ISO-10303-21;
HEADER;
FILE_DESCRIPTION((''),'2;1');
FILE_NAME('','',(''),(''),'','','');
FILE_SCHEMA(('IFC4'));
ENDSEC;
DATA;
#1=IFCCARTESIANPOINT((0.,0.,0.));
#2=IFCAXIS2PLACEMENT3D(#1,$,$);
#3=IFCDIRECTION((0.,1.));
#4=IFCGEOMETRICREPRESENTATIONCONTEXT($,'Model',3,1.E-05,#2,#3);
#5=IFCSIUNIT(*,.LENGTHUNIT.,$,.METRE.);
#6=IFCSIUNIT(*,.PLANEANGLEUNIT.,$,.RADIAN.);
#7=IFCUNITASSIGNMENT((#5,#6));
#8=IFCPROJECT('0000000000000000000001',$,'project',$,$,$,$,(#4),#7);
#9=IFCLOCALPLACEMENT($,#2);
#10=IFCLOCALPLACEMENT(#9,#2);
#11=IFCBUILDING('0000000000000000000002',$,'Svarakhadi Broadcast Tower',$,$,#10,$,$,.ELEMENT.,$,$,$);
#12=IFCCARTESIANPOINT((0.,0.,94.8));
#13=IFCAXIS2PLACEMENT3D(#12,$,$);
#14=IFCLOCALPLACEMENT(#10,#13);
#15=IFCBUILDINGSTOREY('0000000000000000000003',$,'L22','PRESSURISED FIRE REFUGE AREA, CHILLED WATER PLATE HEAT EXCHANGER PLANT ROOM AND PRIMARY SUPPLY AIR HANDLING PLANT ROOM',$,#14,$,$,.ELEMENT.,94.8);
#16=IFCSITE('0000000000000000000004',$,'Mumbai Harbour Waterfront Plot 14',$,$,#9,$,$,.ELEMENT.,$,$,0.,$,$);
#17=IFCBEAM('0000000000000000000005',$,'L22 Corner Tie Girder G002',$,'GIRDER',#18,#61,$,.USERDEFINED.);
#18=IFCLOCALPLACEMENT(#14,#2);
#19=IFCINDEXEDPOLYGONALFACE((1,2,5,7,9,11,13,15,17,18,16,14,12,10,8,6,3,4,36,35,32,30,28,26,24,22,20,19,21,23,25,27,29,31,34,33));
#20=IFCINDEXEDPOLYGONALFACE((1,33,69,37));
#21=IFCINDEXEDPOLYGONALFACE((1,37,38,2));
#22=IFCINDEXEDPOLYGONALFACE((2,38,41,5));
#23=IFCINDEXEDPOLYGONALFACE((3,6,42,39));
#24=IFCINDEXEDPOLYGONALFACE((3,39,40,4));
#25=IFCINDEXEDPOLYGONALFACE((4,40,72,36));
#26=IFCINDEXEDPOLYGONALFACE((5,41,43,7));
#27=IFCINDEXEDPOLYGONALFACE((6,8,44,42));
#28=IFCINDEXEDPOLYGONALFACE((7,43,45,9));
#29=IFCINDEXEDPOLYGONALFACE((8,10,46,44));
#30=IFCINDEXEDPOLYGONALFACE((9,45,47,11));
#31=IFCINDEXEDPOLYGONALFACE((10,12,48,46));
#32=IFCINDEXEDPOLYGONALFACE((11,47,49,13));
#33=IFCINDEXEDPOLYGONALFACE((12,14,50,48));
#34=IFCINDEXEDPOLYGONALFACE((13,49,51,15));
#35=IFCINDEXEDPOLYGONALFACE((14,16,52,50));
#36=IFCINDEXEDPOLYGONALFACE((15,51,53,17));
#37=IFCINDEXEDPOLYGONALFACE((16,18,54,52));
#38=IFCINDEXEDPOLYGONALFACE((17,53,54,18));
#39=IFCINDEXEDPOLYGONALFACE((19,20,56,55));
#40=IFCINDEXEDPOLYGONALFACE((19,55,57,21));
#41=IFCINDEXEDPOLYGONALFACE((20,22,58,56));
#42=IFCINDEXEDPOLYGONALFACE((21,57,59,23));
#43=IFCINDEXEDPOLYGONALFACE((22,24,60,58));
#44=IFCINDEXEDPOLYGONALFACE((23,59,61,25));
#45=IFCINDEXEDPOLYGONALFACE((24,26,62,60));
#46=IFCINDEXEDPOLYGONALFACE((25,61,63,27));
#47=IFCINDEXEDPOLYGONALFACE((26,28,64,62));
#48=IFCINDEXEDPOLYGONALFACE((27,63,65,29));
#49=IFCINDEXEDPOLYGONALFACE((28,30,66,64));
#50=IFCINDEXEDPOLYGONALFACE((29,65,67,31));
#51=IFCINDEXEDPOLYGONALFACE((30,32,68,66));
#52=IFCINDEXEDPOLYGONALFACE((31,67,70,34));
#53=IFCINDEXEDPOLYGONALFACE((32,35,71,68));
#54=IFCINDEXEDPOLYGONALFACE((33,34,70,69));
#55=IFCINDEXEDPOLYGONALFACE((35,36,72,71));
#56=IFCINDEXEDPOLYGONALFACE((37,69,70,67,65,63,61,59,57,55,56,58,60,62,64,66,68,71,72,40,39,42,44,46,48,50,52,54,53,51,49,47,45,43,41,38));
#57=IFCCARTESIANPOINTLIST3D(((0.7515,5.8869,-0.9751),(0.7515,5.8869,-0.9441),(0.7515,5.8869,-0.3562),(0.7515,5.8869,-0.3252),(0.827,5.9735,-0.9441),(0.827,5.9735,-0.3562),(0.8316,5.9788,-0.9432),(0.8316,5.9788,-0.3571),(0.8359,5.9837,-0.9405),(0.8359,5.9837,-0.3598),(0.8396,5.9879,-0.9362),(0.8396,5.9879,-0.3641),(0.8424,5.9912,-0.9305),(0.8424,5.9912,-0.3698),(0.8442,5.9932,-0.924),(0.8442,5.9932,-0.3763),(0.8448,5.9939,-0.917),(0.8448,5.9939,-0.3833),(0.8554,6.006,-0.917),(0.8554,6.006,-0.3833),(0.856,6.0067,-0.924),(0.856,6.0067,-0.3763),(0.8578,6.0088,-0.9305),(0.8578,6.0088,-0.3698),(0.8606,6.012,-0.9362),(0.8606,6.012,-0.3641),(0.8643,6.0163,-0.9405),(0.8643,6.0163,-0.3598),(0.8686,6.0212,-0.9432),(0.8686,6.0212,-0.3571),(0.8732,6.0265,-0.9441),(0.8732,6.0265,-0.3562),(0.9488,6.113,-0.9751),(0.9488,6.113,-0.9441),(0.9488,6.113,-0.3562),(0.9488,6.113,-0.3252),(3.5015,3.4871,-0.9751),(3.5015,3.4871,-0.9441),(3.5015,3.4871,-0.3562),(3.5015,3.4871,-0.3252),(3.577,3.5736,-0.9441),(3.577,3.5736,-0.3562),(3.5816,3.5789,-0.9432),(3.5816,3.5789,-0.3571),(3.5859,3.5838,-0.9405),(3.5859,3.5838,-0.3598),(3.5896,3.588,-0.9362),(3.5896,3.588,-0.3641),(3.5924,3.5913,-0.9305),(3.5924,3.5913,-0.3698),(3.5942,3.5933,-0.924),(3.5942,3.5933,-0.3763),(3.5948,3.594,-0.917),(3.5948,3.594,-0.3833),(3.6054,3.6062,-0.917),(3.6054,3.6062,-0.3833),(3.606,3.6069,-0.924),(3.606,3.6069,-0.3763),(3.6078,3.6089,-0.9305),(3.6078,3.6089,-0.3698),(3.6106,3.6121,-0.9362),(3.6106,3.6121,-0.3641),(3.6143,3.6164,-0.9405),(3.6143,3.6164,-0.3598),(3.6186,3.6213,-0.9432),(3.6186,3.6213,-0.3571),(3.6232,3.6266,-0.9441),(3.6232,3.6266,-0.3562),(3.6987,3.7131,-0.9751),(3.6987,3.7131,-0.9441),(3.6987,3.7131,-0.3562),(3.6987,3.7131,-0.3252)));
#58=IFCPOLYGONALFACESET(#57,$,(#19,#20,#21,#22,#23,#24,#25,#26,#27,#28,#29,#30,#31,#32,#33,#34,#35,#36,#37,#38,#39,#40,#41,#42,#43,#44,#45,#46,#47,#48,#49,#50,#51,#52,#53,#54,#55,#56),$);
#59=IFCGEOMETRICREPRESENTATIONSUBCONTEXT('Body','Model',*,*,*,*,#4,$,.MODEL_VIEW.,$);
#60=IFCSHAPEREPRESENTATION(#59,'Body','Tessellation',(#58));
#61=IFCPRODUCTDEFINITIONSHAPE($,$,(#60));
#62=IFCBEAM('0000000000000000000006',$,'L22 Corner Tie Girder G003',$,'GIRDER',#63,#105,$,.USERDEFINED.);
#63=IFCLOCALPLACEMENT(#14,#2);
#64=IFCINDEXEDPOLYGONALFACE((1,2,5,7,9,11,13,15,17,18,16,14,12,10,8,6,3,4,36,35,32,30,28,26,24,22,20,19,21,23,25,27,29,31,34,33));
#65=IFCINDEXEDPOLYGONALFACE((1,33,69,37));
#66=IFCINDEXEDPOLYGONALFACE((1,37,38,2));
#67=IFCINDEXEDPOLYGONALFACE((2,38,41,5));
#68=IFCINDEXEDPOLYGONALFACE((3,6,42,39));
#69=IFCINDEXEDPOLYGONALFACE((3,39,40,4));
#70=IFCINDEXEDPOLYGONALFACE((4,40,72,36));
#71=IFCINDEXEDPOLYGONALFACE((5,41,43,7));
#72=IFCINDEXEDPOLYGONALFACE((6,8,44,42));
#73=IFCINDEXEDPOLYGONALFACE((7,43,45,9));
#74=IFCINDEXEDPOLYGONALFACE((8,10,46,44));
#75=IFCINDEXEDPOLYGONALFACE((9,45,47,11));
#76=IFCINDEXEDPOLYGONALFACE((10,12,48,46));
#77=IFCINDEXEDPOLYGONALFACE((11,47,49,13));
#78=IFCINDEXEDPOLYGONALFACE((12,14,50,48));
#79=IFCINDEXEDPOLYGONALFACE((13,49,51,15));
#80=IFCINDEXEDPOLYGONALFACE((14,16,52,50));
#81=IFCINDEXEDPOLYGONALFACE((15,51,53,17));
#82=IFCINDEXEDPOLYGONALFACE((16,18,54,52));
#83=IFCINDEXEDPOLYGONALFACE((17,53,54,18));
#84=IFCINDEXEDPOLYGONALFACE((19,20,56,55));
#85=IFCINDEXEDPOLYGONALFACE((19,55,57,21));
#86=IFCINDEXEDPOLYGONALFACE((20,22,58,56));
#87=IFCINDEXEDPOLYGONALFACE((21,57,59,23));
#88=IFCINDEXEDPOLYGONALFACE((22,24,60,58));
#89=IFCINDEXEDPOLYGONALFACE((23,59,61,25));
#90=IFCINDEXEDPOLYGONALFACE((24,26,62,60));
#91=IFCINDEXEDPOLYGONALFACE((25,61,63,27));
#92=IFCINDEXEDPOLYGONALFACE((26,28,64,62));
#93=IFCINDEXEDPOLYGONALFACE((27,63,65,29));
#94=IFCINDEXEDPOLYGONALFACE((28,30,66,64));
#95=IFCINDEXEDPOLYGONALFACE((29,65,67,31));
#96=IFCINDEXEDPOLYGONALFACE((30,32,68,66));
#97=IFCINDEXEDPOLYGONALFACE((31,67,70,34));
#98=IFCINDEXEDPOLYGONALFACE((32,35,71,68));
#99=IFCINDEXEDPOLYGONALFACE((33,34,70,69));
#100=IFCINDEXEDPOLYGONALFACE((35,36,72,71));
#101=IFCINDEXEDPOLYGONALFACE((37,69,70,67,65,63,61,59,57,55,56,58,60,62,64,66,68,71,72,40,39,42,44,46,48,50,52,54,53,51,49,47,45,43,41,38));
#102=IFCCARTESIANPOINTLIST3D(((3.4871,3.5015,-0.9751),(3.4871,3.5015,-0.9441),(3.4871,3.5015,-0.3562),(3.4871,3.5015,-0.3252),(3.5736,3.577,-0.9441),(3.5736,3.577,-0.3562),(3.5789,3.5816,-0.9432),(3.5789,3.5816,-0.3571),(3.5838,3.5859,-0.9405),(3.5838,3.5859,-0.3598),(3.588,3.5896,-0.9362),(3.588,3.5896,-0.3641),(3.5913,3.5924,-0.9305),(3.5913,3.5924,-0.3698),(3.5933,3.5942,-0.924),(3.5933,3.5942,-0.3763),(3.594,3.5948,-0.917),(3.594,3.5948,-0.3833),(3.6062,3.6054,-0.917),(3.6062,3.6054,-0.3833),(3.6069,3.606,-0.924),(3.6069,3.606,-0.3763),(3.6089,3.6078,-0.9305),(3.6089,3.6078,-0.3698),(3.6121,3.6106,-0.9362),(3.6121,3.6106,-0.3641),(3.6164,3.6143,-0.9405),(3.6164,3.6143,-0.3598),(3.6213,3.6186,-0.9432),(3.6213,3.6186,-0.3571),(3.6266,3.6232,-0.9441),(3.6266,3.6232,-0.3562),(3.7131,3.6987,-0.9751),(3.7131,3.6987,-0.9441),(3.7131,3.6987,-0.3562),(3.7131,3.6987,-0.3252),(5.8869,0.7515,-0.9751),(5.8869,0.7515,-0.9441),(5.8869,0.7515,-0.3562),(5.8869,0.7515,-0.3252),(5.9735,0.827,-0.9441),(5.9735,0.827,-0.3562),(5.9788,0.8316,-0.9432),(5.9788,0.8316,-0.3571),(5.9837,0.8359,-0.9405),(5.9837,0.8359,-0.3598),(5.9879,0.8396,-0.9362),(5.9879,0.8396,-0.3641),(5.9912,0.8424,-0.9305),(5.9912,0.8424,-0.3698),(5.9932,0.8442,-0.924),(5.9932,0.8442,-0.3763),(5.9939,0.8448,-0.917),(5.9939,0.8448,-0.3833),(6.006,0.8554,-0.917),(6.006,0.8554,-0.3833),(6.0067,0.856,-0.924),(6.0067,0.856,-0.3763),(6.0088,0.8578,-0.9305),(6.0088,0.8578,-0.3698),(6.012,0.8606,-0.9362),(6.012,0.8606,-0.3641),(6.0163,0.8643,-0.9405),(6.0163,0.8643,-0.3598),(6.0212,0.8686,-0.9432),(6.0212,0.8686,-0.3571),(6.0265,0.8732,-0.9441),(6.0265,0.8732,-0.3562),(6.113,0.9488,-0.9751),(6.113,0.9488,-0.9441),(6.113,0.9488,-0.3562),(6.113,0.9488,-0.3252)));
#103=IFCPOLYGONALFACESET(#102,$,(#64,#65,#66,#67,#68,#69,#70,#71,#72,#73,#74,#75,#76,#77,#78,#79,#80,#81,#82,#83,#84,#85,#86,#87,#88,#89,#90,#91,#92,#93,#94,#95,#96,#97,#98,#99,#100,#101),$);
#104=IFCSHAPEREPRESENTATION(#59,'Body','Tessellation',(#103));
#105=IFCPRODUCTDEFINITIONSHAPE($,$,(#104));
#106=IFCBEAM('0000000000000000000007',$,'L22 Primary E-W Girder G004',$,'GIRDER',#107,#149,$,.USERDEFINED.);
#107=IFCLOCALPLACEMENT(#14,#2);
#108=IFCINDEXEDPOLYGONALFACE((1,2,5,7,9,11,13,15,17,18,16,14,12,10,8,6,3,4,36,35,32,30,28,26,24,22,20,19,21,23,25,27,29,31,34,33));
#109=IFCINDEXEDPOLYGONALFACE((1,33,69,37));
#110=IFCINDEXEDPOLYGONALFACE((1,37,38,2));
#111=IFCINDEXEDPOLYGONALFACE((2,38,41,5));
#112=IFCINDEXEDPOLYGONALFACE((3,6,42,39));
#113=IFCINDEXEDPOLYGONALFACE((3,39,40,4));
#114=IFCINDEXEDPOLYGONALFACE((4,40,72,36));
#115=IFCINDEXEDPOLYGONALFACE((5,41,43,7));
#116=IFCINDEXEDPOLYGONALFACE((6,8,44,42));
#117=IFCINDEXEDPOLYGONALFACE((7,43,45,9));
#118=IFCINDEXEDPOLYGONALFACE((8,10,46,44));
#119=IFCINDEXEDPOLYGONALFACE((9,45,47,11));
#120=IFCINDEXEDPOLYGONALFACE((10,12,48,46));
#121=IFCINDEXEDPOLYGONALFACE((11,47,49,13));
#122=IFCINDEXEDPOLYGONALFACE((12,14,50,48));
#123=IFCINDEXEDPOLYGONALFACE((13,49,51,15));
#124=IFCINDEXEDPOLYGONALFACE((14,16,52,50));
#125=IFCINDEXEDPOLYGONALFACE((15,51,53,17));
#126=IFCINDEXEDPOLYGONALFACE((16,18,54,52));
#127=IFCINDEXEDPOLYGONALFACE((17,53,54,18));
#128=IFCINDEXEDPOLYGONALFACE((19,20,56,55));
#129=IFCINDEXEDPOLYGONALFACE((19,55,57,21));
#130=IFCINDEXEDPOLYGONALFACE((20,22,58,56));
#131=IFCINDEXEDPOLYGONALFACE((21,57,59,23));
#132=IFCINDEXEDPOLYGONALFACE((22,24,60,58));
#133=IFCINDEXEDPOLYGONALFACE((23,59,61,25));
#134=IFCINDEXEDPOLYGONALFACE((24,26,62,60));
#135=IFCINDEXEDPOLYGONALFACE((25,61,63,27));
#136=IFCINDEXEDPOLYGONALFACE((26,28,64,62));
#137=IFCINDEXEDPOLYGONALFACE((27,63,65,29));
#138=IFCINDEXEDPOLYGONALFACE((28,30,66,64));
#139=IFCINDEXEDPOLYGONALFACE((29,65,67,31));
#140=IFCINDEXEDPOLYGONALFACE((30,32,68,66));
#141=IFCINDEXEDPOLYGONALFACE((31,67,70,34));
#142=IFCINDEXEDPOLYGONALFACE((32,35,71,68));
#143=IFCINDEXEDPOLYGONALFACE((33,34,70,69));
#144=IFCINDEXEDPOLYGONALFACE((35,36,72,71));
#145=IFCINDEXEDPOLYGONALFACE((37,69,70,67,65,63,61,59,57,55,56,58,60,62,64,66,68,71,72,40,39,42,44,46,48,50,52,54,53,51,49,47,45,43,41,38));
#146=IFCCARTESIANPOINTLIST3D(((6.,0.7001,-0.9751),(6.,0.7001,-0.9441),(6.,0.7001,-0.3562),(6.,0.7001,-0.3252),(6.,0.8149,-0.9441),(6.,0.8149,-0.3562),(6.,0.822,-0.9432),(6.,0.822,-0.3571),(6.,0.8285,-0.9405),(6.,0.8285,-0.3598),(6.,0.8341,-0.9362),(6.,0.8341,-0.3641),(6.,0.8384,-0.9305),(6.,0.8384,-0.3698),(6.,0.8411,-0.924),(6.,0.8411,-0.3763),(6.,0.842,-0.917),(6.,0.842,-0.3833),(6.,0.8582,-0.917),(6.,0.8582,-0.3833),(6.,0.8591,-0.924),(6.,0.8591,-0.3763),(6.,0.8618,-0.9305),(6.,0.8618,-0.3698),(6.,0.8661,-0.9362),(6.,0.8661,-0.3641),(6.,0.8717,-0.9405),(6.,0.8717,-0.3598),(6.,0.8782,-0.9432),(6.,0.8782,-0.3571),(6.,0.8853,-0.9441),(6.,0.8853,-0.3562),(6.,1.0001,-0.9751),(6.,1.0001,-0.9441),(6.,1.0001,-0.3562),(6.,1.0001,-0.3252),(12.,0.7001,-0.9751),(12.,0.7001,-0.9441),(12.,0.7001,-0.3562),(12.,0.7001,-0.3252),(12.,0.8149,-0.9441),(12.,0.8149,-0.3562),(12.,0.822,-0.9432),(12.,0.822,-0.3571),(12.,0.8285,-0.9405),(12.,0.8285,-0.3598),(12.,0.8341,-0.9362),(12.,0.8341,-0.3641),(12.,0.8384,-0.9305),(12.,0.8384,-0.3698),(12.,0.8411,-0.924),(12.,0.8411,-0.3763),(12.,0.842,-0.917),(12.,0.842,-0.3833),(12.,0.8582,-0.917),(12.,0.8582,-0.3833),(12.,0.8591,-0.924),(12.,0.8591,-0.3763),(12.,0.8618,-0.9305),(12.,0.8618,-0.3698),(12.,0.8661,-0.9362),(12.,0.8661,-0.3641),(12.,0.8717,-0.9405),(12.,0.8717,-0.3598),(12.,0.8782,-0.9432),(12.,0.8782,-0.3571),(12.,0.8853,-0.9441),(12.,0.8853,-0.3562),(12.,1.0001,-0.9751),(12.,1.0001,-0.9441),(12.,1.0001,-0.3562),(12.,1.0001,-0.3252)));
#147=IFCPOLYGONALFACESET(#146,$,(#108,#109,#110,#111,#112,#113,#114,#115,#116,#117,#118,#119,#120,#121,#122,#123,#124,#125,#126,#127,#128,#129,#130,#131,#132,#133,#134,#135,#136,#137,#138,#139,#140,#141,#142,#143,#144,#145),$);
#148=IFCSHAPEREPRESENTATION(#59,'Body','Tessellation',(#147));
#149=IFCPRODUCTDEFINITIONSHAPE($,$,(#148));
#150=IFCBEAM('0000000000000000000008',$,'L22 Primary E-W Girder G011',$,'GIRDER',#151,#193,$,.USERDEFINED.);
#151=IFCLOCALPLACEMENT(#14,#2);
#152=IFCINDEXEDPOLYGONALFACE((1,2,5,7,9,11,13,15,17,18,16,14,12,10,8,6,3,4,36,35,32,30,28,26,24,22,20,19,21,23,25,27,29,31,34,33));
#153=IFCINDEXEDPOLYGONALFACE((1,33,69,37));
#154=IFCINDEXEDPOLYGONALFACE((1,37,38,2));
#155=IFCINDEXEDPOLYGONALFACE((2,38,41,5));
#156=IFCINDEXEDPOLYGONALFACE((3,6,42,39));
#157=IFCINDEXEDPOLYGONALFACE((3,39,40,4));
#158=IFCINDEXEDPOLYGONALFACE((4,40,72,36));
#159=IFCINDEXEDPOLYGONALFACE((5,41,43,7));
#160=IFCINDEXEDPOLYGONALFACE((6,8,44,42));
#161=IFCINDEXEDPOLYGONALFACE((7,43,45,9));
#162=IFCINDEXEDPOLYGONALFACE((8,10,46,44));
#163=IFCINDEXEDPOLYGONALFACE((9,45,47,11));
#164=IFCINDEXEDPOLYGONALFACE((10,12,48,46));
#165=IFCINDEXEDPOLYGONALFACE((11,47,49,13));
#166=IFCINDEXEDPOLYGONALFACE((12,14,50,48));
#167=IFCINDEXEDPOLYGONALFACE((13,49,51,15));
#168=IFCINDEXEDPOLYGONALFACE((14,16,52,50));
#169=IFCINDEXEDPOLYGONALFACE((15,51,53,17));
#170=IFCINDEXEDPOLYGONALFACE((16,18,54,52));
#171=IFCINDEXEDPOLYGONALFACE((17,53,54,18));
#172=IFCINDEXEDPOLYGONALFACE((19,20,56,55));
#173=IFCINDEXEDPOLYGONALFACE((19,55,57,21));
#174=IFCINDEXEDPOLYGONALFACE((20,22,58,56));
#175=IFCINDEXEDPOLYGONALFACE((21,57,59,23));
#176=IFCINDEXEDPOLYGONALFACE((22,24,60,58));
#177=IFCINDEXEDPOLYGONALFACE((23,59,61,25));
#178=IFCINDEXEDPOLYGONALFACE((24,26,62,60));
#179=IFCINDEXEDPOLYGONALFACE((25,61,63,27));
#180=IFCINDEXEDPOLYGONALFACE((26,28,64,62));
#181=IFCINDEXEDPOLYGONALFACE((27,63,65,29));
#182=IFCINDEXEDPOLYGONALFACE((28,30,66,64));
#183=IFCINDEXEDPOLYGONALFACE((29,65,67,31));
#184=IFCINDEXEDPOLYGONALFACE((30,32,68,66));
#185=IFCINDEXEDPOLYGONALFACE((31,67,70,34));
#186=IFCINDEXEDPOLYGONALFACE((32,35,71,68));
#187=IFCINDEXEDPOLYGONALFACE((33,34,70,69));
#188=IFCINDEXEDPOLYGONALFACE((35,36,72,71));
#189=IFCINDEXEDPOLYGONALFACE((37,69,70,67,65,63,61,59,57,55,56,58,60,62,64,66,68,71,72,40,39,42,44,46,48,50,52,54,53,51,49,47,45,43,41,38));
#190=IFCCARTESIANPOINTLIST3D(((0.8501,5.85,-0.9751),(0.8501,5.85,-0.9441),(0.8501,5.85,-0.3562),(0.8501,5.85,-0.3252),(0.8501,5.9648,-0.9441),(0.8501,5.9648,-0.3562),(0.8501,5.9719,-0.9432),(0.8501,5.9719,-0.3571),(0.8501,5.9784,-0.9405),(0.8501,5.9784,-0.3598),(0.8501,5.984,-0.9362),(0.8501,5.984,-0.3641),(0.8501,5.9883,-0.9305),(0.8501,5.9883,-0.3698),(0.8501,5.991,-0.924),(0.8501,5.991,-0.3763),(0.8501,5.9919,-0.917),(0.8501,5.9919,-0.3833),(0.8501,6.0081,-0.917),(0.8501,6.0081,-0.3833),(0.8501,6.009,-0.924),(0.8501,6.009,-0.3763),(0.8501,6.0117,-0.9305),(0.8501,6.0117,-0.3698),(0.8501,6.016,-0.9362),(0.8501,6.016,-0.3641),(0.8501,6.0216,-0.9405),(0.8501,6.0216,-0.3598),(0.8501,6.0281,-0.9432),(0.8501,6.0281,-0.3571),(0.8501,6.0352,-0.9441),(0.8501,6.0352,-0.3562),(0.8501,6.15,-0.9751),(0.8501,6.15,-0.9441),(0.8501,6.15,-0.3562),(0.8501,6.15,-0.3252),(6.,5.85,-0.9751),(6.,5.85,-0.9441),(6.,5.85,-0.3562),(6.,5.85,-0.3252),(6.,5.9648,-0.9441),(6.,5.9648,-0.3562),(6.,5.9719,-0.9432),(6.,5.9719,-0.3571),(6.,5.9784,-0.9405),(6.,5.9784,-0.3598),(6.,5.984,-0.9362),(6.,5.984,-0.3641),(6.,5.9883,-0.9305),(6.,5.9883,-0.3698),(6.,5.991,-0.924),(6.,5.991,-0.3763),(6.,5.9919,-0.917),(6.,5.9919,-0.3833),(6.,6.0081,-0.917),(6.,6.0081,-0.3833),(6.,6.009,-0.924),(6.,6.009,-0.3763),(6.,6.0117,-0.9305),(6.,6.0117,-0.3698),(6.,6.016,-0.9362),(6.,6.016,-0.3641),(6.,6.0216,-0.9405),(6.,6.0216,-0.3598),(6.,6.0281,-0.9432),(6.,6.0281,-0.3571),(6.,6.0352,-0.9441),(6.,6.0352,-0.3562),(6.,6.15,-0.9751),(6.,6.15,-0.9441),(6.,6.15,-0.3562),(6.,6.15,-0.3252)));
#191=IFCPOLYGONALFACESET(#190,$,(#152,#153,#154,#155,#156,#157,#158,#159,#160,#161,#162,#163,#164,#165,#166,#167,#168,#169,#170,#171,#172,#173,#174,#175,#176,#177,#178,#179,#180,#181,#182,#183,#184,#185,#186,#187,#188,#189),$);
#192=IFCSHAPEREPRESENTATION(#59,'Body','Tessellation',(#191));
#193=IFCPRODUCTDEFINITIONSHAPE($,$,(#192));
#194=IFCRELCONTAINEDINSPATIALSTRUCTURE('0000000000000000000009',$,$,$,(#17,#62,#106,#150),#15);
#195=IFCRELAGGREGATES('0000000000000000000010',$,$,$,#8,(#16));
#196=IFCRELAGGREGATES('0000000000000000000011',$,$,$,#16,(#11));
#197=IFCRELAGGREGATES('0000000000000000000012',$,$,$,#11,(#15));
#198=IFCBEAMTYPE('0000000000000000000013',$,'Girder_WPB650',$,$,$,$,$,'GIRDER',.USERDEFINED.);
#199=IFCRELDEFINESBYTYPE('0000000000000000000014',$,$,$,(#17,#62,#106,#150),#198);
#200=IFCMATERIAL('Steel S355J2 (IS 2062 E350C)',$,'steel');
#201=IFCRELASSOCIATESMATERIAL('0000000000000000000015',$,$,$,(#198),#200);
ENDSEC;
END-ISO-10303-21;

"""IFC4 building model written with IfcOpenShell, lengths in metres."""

from ifc_helpers import new_model, si_unit, direction, frame, origin, origin_2d, place, context, subcontext, project, spatial, i_section, extrude, material, material_profile, profile_set, type_object, element, save


model = new_model("IFC4")

# Units and contexts
model_context = context("Model", 3, precision=1e-05, world=origin(), true_north=direction((0.0, 1.0)))
body_context = subcontext(model_context, "Body", "Model", "MODEL_VIEW")
ifc_project = project(units=[si_unit("LENGTHUNIT", "METRE"), si_unit("PLANEANGLEUNIT", "RADIAN")], contexts=[model_context])

# Site, building, storey
site_placement = place(None, origin())
site = spatial("IfcSite", under=ifc_project, at=site_placement, Name="Mumbai Harbour Waterfront Plot 14", CompositionType="ELEMENT", RefElevation=0.0)
building_placement = place(site_placement, origin())
building = spatial("IfcBuilding", under=site, at=building_placement, Name="Svarakhadi Broadcast Tower", CompositionType="ELEMENT")
storey_placement = place(building_placement, frame((0.0, 0.0, 94.8)))
storey = spatial("IfcBuildingStorey", under=building, at=storey_placement, Name="L22", Description="PRESSURISED FIRE REFUGE AREA, CHILLED WATER PLATE HEAT EXCHANGER PLANT ROOM AND PRIMARY SUPPLY AIR HANDLING PLANT ROOM", CompositionType="ELEMENT", Elevation=94.8)

# Beams
ifc_material_1 = material(Name="Steel S355J2 (IS 2062 E350C)", Category="steel")
ifc_material_profile_1 = material_profile(ifc_material_1, i_section(OverallWidth=0.3, OverallDepth=0.6499, WebThickness=0.0161, FlangeThickness=0.031, FilletRadius=0.0271, at=origin_2d()), Name="WPB 650x300x225")
ifc_profile_set_1 = profile_set([ifc_material_profile_1], Name="Steel S355J2 (IS 2062 E350C)")
beam_type = type_object("IfcBeamType", Name="Girder_WPB650", ElementType="GIRDER", PredefinedType="USERDEFINED", material=ifc_profile_set_1)
for number, where, z_axis, x_axis, name in (
    (1, (3.6001, 3.6001, -0.6501), (-0.753438, 0.657519, 0.0), (-0.657519, -0.753438, 0.0), "L22 Corner Tie Girder G002"),
    (2, (3.6001, 3.6001, -0.6501), (0.657519, -0.753438, 0.0), (0.753438, 0.657519, 0.0), "L22 Corner Tie Girder G003"),
):
    element("IfcBeam", number, at=place(storey_placement, frame(where, z_axis=z_axis, x_axis=x_axis)), inside=storey, type_object=beam_type, Name=name, ObjectType="GIRDER", PredefinedType="USERDEFINED", context=body_context, shape_type="SweptSolid", body=[
        extrude(i_section(OverallWidth=0.3, OverallDepth=0.6499, WebThickness=0.0161, FlangeThickness=0.031, FilletRadius=0.0271, at=origin_2d()), origin(), (0.0, 0.0, 1.0), 3.6499),
    ])
beam_1_placement = place(storey_placement, frame((6.0, 0.8501, -0.6501), z_axis=(1.0, 0.0, 0.0), x_axis=(0.0, 1.0, 0.0)))
element("IfcBeam", 3, at=beam_1_placement, inside=storey, type_object=beam_type, Name="L22 Primary E-W Girder G004", ObjectType="GIRDER", PredefinedType="USERDEFINED", context=body_context, shape_type="SweptSolid", body=[
    extrude(i_section(OverallWidth=0.3, OverallDepth=0.6499, WebThickness=0.0161, FlangeThickness=0.031, FilletRadius=0.0271, at=origin_2d()), origin(), (0.0, 0.0, 1.0), 6.0),
])
beam_2_placement = place(storey_placement, frame((0.8501, 6.0, -0.6501), z_axis=(1.0, 0.0, 0.0), x_axis=(0.0, 1.0, 0.0)))
element("IfcBeam", 4, at=beam_2_placement, inside=storey, type_object=beam_type, Name="L22 Primary E-W Girder G011", ObjectType="GIRDER", PredefinedType="USERDEFINED", context=body_context, shape_type="SweptSolid", body=[
    extrude(i_section(OverallWidth=0.3, OverallDepth=0.6499, WebThickness=0.0161, FlangeThickness=0.031, FilletRadius=0.0271, at=origin_2d()), origin(), (0.0, 0.0, 1.0), 5.1499),
])

save(model, "model.ifc")
